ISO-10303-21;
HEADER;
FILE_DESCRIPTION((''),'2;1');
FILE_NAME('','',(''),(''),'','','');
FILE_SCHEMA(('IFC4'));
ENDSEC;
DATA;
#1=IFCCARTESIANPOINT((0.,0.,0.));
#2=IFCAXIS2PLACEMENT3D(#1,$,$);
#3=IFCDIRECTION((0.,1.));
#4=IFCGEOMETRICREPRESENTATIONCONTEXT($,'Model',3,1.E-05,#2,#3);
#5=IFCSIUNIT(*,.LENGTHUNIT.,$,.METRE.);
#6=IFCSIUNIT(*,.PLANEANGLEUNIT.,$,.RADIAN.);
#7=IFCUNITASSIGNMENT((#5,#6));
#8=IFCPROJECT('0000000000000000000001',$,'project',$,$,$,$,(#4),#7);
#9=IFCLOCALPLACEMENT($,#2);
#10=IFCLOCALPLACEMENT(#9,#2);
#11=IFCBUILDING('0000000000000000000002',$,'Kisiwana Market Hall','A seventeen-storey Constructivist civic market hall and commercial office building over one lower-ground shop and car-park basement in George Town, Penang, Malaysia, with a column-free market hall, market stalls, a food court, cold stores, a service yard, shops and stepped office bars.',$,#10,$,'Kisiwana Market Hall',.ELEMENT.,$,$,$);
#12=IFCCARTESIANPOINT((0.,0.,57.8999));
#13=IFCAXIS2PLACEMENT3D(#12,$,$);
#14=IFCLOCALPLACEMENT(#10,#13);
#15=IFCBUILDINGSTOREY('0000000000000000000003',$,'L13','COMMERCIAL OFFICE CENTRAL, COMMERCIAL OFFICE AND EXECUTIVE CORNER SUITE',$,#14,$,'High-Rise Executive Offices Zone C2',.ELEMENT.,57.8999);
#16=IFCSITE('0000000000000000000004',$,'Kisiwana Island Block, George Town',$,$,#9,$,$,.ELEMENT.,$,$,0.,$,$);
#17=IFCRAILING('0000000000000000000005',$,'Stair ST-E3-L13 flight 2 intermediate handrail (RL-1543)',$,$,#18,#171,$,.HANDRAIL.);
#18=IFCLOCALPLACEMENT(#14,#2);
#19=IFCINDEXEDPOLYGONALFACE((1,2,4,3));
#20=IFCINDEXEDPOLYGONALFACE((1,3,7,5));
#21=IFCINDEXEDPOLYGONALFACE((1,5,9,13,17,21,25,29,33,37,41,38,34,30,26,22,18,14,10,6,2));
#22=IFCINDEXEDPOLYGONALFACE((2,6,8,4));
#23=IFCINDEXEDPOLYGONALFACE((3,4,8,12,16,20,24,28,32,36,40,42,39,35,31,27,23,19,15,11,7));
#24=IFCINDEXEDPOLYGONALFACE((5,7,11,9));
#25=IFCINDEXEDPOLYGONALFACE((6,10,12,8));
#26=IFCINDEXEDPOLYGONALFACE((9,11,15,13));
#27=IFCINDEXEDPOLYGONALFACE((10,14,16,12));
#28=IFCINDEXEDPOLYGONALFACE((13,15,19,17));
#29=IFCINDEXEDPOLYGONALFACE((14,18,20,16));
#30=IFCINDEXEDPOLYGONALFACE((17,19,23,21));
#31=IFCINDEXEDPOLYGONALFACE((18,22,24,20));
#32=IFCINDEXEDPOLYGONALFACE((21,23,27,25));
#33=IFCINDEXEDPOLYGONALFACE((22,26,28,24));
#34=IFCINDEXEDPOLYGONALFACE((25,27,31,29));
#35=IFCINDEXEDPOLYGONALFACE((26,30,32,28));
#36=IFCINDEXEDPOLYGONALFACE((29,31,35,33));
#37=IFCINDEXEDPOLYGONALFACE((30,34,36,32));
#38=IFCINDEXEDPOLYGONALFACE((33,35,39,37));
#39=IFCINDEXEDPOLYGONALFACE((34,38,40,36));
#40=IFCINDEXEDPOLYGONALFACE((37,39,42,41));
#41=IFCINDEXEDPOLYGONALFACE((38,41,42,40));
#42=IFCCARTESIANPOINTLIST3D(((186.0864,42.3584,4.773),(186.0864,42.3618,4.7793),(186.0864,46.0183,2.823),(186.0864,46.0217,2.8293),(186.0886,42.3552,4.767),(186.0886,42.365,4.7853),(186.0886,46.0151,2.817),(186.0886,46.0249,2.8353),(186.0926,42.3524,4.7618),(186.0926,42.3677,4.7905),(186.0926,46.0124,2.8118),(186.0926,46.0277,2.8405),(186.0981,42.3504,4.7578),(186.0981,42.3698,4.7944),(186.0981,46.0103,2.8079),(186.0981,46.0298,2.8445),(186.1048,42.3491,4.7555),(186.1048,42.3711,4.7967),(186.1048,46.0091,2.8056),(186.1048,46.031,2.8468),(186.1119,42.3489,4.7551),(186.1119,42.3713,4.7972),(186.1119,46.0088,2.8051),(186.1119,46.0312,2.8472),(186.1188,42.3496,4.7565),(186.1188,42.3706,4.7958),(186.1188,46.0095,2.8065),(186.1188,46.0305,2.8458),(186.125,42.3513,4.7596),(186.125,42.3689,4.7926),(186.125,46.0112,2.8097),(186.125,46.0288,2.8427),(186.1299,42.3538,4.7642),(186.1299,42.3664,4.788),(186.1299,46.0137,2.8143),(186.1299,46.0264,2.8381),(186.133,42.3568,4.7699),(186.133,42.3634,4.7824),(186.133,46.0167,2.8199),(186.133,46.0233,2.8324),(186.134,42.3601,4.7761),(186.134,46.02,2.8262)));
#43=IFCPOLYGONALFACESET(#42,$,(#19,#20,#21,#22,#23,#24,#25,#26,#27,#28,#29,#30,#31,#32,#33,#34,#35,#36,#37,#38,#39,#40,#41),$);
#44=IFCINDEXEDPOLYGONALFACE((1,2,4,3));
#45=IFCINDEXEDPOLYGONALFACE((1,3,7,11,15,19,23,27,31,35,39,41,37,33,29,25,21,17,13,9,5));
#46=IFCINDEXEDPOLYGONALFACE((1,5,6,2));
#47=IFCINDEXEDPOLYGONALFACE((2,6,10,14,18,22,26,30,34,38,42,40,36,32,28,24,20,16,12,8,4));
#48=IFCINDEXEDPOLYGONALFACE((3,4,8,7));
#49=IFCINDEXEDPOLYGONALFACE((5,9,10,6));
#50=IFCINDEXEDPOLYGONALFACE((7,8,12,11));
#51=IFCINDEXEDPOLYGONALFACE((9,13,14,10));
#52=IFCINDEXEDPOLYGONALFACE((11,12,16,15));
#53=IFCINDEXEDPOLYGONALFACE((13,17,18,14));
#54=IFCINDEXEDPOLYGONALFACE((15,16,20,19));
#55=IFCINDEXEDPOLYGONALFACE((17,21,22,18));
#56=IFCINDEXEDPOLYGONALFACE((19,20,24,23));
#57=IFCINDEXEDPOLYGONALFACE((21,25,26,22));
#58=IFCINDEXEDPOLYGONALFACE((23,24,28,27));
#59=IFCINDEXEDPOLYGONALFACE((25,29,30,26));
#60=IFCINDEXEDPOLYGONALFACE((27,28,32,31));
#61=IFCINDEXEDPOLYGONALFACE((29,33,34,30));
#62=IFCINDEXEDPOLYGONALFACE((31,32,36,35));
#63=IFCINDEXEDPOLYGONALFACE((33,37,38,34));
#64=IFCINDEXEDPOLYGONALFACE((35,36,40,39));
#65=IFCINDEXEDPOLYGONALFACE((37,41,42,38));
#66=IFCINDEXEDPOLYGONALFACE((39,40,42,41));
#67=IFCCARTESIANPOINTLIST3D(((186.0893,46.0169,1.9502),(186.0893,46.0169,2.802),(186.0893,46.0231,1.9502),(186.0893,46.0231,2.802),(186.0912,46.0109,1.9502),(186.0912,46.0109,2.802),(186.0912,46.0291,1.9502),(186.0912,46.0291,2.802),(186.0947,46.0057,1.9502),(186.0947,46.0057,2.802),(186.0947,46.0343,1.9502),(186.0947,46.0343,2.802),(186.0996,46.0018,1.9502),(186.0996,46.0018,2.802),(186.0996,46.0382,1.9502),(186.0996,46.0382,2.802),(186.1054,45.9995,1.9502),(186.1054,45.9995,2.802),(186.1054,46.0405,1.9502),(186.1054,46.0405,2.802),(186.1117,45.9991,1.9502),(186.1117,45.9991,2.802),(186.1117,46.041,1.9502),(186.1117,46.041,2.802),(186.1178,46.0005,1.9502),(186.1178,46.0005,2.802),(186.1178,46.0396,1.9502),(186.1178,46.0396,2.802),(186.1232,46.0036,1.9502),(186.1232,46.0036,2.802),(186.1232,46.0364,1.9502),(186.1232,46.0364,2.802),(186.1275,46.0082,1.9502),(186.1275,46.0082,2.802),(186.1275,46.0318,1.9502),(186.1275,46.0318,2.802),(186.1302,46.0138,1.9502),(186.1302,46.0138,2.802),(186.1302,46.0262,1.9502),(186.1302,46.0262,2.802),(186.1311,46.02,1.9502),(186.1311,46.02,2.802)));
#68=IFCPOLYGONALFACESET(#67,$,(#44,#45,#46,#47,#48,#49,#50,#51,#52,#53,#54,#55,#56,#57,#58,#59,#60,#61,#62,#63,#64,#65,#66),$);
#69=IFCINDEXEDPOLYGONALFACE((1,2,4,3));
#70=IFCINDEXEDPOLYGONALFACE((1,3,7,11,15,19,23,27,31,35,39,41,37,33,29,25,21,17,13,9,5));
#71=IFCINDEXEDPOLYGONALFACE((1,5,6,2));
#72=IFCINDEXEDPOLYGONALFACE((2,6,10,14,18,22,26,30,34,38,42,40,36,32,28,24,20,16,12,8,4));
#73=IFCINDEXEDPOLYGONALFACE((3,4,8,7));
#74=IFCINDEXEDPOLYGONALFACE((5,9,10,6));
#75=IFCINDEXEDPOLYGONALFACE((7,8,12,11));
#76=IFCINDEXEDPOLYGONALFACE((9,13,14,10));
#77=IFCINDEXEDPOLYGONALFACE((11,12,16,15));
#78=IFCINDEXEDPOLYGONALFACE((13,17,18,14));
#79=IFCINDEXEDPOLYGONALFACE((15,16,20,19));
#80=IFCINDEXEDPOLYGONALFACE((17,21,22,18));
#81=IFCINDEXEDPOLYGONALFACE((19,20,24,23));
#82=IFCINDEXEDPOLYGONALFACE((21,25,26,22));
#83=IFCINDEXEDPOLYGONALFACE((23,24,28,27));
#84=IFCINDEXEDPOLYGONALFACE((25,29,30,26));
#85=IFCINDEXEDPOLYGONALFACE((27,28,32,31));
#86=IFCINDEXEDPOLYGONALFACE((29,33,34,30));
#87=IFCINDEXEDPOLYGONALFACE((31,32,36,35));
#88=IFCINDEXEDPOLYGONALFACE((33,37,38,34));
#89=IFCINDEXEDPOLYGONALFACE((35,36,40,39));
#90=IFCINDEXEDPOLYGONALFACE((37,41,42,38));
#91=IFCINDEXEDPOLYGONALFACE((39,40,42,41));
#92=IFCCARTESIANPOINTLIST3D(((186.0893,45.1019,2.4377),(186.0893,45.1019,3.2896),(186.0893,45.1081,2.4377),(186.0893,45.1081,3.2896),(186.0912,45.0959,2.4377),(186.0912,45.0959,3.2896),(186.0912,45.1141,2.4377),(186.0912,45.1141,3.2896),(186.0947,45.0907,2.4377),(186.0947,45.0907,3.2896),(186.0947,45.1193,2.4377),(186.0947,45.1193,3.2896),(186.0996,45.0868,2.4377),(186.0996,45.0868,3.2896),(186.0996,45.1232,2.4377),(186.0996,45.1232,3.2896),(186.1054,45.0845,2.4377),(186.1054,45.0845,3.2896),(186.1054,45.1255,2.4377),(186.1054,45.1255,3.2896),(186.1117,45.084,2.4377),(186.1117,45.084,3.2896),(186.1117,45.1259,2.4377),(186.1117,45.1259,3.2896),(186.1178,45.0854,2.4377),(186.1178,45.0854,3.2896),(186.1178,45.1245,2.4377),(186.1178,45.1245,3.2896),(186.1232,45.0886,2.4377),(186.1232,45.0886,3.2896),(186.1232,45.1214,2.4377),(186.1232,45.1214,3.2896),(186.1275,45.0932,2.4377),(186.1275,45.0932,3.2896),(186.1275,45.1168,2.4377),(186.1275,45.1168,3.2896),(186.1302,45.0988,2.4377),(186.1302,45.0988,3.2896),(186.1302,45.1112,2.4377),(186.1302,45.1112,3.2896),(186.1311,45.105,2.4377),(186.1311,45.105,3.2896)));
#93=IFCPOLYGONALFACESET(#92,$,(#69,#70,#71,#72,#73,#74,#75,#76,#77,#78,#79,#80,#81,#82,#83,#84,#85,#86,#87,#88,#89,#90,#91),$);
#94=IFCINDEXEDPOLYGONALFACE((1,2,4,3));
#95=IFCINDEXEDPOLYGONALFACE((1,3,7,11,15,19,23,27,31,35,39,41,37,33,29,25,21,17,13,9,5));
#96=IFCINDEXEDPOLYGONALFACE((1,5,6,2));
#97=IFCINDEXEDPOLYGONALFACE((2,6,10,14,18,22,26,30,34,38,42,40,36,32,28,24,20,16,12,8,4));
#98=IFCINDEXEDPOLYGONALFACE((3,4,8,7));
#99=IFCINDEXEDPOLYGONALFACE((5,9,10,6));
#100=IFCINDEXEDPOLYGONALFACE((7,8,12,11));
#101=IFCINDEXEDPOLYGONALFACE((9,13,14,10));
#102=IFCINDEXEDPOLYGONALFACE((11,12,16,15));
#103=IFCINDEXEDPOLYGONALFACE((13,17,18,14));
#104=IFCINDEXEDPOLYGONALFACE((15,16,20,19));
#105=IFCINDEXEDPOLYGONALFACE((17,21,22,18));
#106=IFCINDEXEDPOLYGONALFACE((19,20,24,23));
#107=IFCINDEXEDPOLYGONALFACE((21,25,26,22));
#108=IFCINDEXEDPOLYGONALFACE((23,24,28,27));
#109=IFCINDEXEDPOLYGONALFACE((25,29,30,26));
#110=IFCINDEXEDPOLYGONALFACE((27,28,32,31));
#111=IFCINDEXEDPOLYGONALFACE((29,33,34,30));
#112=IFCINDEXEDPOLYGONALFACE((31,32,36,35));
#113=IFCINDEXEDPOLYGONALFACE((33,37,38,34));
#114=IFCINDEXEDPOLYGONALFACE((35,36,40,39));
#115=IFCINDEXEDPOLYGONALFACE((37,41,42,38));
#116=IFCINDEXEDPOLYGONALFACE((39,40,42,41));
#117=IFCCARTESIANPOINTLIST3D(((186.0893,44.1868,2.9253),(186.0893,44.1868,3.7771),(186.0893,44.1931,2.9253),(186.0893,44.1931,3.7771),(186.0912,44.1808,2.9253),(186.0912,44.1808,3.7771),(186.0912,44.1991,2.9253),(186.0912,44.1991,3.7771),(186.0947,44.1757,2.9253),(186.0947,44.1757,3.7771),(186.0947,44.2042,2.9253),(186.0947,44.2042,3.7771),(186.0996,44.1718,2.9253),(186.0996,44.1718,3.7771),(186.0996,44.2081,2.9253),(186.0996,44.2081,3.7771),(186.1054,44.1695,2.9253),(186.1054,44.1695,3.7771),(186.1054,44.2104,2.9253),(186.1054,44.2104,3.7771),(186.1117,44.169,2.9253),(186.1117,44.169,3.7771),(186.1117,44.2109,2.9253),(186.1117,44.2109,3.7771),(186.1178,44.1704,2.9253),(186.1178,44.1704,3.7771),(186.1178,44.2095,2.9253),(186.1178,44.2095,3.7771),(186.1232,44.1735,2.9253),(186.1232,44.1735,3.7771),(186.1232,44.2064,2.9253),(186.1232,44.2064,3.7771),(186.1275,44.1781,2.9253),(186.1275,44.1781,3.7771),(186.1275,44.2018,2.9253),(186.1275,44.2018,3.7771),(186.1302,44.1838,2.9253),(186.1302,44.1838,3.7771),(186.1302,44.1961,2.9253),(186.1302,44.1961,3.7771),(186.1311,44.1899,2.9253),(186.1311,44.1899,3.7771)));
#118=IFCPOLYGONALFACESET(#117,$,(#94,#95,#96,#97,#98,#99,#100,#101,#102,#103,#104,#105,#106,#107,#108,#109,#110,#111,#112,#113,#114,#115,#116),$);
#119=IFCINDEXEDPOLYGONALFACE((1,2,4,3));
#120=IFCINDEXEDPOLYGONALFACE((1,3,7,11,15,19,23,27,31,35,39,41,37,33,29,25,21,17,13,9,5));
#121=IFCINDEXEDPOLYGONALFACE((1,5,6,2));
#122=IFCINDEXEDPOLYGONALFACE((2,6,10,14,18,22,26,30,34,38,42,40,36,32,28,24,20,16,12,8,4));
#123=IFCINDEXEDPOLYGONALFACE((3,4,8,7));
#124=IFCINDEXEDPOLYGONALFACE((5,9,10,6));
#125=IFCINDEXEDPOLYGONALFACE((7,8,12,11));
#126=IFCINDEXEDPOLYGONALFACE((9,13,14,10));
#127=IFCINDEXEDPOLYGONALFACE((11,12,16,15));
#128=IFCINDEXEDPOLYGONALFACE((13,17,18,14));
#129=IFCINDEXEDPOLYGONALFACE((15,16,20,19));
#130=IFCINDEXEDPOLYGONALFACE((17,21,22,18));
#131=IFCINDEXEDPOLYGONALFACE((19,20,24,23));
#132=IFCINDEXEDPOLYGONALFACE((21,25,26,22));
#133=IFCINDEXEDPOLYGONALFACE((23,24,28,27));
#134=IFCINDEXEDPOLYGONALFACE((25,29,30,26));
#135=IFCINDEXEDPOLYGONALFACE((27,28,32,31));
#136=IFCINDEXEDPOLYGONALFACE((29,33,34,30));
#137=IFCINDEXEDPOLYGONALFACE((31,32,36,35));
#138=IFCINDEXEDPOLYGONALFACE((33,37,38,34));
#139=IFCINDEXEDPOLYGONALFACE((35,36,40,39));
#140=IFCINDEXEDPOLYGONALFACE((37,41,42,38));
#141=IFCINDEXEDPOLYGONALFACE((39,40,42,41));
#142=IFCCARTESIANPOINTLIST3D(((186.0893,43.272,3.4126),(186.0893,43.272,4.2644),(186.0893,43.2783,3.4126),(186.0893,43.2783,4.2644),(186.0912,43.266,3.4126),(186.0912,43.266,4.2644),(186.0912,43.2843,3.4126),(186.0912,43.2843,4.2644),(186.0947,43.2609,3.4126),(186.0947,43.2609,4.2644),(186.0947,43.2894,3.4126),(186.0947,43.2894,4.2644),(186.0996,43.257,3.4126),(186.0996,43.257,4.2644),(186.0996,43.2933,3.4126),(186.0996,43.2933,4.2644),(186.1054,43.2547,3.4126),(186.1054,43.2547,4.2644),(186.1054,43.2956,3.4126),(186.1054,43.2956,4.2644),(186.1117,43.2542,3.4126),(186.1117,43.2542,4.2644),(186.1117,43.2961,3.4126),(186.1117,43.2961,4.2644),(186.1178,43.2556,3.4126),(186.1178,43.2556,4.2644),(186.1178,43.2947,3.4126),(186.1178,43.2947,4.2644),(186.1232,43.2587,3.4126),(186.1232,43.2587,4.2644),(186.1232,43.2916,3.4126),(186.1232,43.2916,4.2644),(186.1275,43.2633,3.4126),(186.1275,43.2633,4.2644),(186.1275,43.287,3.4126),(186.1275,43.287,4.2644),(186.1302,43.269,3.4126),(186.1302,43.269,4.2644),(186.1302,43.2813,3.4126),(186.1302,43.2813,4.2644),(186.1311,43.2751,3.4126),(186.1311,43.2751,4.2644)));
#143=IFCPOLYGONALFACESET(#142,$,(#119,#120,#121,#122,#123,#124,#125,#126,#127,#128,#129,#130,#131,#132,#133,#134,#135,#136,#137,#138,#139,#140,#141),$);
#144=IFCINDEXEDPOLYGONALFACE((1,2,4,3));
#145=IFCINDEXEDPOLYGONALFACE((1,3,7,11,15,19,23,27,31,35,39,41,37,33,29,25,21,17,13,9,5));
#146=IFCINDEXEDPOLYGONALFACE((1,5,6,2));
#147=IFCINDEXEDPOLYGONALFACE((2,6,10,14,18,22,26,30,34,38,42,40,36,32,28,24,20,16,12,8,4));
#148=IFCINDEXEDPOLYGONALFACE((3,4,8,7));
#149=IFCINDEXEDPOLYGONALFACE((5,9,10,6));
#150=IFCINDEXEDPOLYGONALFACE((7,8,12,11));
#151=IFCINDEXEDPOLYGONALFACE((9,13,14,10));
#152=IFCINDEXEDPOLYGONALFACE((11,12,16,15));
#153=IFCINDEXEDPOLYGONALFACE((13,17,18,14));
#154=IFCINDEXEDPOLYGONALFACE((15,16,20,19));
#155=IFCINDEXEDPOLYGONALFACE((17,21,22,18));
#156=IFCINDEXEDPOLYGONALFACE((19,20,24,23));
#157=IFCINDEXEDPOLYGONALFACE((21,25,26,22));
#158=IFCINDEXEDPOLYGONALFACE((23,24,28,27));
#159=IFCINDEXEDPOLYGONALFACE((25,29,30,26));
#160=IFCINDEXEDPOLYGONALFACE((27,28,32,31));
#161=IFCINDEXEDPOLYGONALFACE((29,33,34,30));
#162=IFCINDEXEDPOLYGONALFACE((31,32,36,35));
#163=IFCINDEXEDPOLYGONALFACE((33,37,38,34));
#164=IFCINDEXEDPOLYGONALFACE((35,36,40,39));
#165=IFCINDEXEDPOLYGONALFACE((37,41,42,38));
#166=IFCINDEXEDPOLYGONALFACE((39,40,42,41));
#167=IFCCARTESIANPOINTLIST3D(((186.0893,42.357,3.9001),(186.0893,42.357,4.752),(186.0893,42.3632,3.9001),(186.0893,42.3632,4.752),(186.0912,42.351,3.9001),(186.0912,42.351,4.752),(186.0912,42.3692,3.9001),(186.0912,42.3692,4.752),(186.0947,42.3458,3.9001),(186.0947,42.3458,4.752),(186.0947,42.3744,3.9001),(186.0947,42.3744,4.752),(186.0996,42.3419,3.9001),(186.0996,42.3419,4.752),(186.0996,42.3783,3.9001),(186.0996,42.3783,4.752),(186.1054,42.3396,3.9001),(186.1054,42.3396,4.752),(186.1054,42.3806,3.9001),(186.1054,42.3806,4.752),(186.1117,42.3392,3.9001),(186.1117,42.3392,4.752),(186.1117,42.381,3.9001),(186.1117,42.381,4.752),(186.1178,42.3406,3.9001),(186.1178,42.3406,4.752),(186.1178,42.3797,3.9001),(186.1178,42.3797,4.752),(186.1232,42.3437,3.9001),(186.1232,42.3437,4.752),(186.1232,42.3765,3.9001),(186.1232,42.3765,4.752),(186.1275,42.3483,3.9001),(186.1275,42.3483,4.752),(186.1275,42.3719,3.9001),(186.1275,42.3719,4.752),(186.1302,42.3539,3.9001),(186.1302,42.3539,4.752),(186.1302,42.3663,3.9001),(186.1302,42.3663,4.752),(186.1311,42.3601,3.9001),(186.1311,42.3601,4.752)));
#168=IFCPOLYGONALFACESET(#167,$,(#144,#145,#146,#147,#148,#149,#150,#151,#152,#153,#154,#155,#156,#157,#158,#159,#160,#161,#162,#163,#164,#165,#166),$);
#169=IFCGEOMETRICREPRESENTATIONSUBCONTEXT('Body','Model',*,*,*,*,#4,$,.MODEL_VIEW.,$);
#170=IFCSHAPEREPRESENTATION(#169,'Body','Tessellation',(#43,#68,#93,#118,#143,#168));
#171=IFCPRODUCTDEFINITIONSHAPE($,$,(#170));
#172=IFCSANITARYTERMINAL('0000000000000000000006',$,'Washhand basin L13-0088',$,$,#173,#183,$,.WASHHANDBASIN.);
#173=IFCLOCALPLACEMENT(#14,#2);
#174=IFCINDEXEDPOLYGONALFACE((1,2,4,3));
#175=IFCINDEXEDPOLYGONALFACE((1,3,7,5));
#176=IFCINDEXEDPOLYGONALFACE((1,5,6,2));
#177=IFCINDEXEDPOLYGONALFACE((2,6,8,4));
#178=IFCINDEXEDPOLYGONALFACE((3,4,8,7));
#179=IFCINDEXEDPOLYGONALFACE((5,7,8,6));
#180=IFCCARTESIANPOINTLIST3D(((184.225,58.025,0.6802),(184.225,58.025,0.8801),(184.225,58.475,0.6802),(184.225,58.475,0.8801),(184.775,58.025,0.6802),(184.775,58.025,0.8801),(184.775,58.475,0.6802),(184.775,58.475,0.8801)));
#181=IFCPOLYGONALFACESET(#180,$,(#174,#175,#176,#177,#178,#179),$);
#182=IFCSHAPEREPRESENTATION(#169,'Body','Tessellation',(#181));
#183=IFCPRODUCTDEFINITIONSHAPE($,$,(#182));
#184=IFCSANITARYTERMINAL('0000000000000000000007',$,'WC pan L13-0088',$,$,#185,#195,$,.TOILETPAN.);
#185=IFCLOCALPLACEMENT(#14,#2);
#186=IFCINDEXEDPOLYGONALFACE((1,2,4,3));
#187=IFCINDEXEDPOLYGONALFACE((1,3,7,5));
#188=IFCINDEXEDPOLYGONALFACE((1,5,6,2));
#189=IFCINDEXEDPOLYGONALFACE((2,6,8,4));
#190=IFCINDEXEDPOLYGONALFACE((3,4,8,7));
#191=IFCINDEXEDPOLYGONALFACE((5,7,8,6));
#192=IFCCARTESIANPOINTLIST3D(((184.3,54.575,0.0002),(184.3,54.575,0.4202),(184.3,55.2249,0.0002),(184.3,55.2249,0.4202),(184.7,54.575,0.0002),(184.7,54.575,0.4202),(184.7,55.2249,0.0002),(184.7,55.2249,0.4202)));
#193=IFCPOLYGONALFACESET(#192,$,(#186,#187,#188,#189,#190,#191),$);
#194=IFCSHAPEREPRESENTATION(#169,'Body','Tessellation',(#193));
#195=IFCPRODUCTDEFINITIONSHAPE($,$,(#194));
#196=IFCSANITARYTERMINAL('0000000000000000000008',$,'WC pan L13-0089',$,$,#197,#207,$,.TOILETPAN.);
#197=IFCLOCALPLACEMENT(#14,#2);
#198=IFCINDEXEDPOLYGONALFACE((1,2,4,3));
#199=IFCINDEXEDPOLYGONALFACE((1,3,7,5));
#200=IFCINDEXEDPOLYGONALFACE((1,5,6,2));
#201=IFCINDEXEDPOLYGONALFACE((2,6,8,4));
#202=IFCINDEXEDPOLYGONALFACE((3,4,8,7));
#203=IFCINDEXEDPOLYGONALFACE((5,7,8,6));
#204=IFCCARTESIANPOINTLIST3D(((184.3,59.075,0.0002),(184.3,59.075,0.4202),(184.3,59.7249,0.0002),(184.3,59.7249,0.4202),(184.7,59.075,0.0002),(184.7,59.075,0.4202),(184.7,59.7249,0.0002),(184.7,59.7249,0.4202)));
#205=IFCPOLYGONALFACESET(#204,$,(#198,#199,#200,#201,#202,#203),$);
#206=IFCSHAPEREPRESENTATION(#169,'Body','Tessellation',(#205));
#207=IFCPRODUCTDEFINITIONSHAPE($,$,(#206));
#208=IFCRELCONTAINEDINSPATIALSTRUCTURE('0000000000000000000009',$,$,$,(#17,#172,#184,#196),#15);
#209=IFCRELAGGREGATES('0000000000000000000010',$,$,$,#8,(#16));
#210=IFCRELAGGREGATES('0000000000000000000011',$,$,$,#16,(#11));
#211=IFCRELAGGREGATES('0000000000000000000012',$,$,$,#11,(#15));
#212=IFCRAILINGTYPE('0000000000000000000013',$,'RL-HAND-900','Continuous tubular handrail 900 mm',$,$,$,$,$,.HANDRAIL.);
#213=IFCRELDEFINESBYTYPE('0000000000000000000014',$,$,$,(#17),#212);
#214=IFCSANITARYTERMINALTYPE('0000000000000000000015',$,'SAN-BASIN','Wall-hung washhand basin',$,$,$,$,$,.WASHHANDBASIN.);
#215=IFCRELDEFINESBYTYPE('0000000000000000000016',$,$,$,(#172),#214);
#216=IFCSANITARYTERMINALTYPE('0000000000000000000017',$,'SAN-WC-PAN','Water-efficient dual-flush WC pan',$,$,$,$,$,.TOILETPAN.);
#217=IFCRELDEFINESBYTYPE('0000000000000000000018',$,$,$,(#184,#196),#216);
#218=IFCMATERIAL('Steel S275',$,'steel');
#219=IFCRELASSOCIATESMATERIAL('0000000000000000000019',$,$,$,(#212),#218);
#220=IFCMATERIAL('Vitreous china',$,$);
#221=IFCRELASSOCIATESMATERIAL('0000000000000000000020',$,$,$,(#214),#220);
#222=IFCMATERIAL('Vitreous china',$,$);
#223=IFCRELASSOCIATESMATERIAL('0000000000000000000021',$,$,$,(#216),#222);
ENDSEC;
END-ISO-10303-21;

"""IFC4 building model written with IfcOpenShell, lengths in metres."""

from ifc_helpers import new_model, si_unit, direction, frame, origin, origin_2d, place, context, subcontext, project, spatial, rectangle, circle, extrude, material, type_object, element, save


model = new_model("IFC4")

# Units and contexts
model_context = context("Model", 3, precision=1e-05, world=origin(), true_north=direction((0.0, 1.0)))
body_context = subcontext(model_context, "Body", "Model", "MODEL_VIEW")
ifc_project = project(units=[si_unit("LENGTHUNIT", "METRE"), si_unit("PLANEANGLEUNIT", "RADIAN")], contexts=[model_context])

# Site, building, storey
site_placement = place(None, origin())
site = spatial("IfcSite", under=ifc_project, at=site_placement, Name="Kisiwana Island Block, George Town", CompositionType="ELEMENT", RefElevation=0.0)
building_placement = place(site_placement, origin())
building = spatial("IfcBuilding", under=site, at=building_placement, Name="Kisiwana Market Hall", Description="A seventeen-storey Constructivist civic market hall and commercial office building over one lower-ground shop and car-park basement in George Town, Penang, Malaysia, with a column-free market hall, market stalls, a food court, cold stores, a service yard, shops and stepped office bars.", LongName="Kisiwana Market Hall", CompositionType="ELEMENT")
storey_placement = place(building_placement, frame((0.0, 0.0, 57.8999)))
storey = spatial("IfcBuildingStorey", under=building, at=storey_placement, Name="L13", Description="COMMERCIAL OFFICE CENTRAL, COMMERCIAL OFFICE AND EXECUTIVE CORNER SUITE", LongName="High-Rise Executive Offices Zone C2", CompositionType="ELEMENT", Elevation=57.8999)

# Railing
ifc_material_1 = material(Name="Steel S275", Category="steel")
railing_type_1 = type_object("IfcRailingType", Name="RL-HAND-900", Description="Continuous tubular handrail 900 mm", PredefinedType="HANDRAIL", material=ifc_material_1)
railing_1_placement = place(storey_placement, frame((186.1101, 46.02, 1.9502)))
element("IfcRailing", 1, at=railing_1_placement, inside=storey, type_object=railing_type_1, Name="Stair ST-E3-L13 flight 2 intermediate handrail (RL-1543)", PredefinedType="HANDRAIL", context=body_context, shape_type="SweptSolid", body=[
    extrude(circle(Radius=0.0239, at=origin_2d()), frame((0.0, 0.0, 0.876), z_axis=(0.0, -0.882553, 0.470212), x_axis=(1.0, 0.0, 0.0)), (0.0, 0.0, 1.0), 4.147),
    extrude(circle(Radius=0.021, at=origin_2d()), origin(), (0.0, 0.0, 1.0), 0.8518),
    extrude(circle(Radius=0.021, at=origin_2d()), frame((0.0, -0.915, 0.4875)), (0.0, 0.0, 1.0), 0.8518),
    extrude(circle(Radius=0.021, at=origin_2d()), frame((0.0, -1.8301, 0.9751)), (0.0, 0.0, 1.0), 0.8518),
    extrude(circle(Radius=0.021, at=origin_2d()), frame((0.0, -2.7449, 1.4624)), (0.0, 0.0, 1.0), 0.8518),
    extrude(circle(Radius=0.021, at=origin_2d()), frame((0.0, -3.6599, 1.95)), (0.0, 0.0, 1.0), 0.8518),
])

# Sanitary terminals
ifc_material_2 = material(Name="Vitreous china")
sanitary_terminal_type_1 = type_object("IfcSanitaryTerminalType", Name="SAN-BASIN", Description="Wall-hung washhand basin", PredefinedType="WASHHANDBASIN", material=ifc_material_2)
sanitary_terminal_placement = place(storey_placement, frame((184.5, 58.25, 0.6802), z_axis=(0.0, 0.0, 1.0), x_axis=(1.0, 0.0, 0.0)))
element("IfcSanitaryTerminal", 2, at=sanitary_terminal_placement, inside=storey, type_object=sanitary_terminal_type_1, Name="Washhand basin L13-0088", PredefinedType="WASHHANDBASIN", context=body_context, shape_type="SweptSolid", body=[
    extrude(rectangle(XDim=0.55, YDim=0.45, at=origin_2d()), origin(), (0.0, 0.0, 1.0), 0.2),
])
ifc_material_3 = material(Name="Vitreous china")
sanitary_terminal_type_2 = type_object("IfcSanitaryTerminalType", Name="SAN-WC-PAN", Description="Water-efficient dual-flush WC pan", PredefinedType="TOILETPAN", material=ifc_material_3)
for number, where, z_axis, x_axis, name in (
    (3, (184.5, 54.8999, 0.0002), (0.0, 0.0, 1.0), (1.0, 0.0, 0.0), "WC pan L13-0088"),
    (4, (184.5, 59.3999, 0.0002), (0.0, 0.0, 1.0), (1.0, 0.0, 0.0), "WC pan L13-0089"),
):
    element("IfcSanitaryTerminal", number, at=place(storey_placement, frame(where, z_axis=z_axis, x_axis=x_axis)), inside=storey, type_object=sanitary_terminal_type_2, Name=name, PredefinedType="TOILETPAN", context=body_context, shape_type="SweptSolid", body=[
        extrude(rectangle(XDim=0.3999, YDim=0.6499, at=origin_2d()), origin(), (0.0, 0.0, 1.0), 0.4199),
    ])

save(model, "model.ifc")
